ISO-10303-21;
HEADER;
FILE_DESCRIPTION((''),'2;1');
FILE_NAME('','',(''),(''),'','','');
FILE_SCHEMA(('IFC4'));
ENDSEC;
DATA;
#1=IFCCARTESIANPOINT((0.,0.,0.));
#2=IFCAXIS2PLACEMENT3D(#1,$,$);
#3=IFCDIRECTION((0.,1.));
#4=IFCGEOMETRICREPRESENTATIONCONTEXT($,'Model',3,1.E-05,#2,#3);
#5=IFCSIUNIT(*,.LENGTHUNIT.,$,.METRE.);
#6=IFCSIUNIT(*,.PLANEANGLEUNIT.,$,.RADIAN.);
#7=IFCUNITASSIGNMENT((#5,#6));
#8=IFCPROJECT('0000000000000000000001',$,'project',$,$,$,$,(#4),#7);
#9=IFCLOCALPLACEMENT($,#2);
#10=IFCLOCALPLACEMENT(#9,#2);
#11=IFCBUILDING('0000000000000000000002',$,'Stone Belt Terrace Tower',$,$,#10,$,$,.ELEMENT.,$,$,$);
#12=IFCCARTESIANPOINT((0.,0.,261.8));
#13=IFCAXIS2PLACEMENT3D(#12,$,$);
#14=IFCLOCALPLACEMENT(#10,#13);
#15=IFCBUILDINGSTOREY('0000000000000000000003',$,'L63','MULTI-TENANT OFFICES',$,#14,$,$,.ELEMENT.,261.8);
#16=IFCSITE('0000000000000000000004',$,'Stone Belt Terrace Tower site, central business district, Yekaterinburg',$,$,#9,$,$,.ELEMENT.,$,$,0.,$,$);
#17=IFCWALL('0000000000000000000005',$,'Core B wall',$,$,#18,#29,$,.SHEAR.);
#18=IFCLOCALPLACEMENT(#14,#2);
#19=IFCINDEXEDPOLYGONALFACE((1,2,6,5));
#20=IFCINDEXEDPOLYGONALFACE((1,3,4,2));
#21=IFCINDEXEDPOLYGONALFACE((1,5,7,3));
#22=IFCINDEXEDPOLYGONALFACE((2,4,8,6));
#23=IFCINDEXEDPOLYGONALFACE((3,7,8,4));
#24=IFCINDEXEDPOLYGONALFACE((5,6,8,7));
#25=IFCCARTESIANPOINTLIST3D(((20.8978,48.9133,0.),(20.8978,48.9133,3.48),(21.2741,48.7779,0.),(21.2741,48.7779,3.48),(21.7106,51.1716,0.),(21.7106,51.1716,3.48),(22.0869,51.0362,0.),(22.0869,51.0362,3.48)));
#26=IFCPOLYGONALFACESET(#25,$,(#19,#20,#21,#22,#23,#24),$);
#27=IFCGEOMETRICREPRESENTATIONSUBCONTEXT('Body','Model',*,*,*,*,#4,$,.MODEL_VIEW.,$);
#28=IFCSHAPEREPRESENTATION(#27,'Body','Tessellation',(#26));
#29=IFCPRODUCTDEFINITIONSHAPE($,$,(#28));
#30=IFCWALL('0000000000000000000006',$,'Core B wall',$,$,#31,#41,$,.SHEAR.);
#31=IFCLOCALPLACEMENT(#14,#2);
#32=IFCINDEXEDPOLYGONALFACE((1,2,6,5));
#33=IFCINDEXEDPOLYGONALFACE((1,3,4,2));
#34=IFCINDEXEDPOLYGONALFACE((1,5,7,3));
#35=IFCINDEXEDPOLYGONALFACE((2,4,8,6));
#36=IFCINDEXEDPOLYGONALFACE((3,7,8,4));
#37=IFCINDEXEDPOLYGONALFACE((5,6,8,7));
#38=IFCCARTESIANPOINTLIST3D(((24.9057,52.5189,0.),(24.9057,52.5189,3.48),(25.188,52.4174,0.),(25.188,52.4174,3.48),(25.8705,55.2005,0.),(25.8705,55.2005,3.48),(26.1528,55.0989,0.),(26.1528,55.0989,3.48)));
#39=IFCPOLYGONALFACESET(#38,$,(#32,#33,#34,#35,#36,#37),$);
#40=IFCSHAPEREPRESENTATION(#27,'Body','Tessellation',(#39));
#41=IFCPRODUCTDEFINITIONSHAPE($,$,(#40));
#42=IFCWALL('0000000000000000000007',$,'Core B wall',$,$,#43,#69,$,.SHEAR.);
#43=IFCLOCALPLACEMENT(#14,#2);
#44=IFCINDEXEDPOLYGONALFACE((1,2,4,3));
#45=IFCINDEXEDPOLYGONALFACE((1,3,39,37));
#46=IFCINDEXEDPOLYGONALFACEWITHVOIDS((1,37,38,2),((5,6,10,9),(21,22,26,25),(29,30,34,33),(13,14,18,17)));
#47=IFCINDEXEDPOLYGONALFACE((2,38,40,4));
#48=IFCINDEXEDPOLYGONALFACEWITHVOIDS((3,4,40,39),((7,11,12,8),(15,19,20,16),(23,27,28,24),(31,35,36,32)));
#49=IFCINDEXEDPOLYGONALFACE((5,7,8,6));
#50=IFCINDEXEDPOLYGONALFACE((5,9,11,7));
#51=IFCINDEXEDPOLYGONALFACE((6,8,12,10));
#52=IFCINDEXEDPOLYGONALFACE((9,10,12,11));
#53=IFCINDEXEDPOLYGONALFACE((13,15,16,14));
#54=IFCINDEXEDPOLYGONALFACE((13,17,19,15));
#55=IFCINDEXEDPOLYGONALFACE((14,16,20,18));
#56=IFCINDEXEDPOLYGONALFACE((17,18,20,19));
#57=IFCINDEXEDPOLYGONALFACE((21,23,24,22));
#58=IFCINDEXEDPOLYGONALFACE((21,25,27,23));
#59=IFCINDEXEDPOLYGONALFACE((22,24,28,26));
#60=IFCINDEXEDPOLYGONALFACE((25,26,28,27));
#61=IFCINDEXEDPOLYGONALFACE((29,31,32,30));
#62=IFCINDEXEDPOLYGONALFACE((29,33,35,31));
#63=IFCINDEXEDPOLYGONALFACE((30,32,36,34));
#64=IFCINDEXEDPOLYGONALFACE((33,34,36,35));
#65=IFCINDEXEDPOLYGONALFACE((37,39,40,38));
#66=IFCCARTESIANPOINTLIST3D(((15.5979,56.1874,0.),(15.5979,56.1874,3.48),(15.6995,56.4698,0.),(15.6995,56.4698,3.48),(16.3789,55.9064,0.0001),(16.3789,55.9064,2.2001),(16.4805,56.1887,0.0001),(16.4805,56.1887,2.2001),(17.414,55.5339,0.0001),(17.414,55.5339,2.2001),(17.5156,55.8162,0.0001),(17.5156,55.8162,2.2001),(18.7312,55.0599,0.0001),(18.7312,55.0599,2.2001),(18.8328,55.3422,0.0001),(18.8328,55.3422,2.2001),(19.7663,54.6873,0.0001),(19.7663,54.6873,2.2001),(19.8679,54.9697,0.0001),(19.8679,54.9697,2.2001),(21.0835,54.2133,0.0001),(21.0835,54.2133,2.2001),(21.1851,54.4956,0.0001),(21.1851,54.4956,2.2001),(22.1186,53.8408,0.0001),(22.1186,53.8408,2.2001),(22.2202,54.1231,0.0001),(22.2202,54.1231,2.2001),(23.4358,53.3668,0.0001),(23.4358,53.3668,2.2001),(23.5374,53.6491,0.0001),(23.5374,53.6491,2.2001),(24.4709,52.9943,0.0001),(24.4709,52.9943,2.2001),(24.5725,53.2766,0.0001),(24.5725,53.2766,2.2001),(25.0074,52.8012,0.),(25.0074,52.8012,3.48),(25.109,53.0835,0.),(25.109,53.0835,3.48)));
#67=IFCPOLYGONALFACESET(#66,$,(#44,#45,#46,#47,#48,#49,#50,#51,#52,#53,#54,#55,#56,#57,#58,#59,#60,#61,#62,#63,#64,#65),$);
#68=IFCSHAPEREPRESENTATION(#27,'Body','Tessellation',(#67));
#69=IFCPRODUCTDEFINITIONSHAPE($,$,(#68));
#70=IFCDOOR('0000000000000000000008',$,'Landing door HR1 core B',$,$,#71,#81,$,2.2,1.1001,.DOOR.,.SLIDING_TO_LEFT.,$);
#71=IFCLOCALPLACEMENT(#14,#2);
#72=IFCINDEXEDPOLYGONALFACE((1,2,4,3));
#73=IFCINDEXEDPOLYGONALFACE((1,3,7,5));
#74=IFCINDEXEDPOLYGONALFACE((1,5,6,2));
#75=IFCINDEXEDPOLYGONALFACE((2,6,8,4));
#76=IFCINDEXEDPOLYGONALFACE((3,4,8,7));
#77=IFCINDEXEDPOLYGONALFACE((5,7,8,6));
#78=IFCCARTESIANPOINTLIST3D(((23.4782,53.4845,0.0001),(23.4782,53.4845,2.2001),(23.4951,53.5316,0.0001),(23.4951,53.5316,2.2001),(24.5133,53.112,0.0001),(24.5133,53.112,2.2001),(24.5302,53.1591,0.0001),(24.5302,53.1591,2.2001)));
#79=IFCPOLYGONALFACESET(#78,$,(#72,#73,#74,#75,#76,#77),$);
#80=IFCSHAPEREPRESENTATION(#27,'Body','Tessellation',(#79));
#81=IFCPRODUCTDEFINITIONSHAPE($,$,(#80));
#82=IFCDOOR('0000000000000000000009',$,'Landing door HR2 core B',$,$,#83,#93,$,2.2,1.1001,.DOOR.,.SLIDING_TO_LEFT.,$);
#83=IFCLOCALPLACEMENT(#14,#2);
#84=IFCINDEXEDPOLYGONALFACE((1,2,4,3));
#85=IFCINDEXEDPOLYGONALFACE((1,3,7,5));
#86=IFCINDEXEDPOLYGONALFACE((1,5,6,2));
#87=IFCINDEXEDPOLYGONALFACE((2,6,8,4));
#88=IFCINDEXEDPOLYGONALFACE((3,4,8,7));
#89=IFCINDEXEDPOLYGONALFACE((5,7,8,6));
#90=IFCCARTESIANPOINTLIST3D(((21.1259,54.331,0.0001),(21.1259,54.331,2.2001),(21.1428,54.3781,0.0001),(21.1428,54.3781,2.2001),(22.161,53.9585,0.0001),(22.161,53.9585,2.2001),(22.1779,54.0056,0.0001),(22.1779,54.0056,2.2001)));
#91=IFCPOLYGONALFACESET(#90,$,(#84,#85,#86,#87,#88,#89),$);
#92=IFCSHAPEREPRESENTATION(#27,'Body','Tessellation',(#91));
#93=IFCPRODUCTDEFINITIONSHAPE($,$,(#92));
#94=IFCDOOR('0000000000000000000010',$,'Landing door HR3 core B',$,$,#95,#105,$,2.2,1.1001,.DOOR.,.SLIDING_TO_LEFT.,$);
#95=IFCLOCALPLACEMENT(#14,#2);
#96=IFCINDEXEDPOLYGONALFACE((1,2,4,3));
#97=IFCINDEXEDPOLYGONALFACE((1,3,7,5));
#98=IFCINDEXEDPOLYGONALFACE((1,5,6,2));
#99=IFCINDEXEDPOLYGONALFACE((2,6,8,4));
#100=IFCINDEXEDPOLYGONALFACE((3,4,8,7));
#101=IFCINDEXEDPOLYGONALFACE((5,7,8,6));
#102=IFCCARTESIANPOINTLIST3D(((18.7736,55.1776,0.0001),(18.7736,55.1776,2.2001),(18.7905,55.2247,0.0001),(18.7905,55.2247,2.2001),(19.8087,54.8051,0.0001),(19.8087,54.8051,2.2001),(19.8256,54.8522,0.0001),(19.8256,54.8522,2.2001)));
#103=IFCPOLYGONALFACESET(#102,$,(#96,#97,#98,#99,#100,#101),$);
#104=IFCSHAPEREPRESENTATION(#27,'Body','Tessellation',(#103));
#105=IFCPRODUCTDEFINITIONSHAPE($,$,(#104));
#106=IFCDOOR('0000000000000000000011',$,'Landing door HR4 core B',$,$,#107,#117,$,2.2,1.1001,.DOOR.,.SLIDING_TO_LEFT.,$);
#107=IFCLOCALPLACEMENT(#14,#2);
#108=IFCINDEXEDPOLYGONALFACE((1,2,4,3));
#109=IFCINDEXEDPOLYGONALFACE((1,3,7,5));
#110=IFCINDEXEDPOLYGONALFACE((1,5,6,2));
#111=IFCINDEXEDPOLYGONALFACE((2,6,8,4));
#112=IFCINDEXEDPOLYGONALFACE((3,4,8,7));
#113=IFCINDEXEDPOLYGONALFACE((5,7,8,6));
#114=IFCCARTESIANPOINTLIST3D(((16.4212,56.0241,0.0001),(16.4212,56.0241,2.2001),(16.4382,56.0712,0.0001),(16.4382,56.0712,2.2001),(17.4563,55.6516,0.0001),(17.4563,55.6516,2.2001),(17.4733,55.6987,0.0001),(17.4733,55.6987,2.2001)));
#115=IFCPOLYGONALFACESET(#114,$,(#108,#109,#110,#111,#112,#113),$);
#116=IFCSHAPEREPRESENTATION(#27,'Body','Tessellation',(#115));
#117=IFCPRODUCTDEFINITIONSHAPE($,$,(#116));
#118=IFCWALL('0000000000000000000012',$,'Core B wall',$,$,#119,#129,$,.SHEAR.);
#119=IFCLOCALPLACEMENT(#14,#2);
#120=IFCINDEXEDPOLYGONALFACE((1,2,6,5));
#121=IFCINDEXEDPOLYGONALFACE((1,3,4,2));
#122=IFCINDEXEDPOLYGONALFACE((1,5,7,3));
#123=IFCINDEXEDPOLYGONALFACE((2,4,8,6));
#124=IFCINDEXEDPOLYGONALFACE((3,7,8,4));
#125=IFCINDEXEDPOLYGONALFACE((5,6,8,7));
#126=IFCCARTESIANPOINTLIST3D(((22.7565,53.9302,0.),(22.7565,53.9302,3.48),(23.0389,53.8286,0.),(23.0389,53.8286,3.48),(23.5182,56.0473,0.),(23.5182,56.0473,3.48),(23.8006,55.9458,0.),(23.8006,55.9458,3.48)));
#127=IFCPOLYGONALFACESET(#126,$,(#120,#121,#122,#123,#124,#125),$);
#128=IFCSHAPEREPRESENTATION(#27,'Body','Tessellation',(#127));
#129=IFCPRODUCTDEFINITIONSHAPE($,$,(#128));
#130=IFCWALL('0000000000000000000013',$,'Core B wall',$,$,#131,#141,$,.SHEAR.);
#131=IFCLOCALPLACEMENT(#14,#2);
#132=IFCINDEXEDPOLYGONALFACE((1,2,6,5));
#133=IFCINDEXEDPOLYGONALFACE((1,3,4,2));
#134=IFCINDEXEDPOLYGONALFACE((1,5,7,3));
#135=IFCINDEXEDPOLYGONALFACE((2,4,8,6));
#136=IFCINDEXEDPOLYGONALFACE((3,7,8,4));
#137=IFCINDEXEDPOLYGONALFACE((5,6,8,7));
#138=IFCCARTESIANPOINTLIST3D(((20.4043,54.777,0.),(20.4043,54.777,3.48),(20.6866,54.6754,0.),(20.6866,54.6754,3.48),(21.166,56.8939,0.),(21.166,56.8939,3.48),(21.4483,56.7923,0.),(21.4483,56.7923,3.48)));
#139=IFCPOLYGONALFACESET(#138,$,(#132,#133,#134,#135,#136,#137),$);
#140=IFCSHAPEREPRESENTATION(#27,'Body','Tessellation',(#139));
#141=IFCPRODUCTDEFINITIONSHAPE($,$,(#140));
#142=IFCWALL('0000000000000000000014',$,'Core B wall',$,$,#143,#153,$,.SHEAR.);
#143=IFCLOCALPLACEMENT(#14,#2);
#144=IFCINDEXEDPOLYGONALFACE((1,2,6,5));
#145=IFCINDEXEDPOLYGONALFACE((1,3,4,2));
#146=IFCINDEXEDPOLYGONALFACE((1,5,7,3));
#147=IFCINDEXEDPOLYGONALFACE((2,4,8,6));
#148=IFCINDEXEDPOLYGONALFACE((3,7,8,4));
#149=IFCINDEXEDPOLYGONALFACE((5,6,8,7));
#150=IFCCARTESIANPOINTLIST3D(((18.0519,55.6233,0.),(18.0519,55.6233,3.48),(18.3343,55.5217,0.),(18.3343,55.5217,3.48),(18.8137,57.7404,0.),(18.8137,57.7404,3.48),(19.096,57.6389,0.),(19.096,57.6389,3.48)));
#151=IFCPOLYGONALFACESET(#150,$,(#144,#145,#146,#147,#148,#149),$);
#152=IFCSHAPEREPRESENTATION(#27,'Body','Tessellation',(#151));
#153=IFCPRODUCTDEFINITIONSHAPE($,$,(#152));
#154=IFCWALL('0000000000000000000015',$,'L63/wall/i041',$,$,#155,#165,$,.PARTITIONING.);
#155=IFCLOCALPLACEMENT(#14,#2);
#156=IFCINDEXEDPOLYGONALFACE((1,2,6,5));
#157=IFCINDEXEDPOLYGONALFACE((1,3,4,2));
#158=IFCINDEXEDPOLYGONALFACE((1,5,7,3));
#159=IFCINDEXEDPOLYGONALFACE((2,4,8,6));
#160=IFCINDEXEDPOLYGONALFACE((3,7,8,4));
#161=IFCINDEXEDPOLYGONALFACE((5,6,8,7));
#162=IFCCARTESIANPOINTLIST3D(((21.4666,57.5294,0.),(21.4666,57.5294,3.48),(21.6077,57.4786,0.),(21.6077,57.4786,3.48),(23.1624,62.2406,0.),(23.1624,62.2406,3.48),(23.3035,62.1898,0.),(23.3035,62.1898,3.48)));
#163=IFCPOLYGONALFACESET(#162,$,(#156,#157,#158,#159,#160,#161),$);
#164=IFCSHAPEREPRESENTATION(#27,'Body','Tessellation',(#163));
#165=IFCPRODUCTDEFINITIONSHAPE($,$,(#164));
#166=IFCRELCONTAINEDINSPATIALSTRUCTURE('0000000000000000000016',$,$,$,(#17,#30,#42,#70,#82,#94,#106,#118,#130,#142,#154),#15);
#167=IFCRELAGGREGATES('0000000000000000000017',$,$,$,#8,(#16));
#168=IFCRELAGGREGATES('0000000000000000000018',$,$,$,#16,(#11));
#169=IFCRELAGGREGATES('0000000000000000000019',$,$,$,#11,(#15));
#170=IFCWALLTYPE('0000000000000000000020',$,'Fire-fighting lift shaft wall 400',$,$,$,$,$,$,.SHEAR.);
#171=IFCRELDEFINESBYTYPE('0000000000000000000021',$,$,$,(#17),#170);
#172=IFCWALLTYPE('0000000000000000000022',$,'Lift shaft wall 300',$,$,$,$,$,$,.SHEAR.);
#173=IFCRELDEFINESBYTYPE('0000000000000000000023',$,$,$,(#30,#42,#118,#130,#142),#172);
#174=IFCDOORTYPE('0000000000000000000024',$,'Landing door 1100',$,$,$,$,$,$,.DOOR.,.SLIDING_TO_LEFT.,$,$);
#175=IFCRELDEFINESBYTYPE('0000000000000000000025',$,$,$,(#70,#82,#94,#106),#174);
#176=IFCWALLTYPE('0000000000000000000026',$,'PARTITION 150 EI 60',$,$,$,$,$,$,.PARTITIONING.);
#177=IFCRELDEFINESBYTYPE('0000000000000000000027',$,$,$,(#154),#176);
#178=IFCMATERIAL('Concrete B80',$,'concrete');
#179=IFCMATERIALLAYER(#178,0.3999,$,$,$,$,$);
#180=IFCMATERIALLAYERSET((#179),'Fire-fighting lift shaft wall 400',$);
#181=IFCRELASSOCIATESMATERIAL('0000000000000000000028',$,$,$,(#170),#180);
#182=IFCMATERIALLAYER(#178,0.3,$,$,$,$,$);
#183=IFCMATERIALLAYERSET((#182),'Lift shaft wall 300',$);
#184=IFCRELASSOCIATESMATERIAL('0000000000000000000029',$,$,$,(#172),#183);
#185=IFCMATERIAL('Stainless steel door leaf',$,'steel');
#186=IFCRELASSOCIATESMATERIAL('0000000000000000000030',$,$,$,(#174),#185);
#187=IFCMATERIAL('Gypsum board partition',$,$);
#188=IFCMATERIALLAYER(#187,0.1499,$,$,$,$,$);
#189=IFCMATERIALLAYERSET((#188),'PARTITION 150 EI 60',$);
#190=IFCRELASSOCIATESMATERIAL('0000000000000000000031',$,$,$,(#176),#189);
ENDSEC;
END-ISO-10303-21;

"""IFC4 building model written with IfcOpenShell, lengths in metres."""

from ifc_helpers import new_model, si_unit, direction, frame, frame_2d, origin, place, context, subcontext, project, spatial, rectangle, extrude, material, layer, layer_set, type_object, element, fill, save


model = new_model("IFC4")

# Units and contexts
model_context = context("Model", 3, precision=1e-05, world=origin(), true_north=direction((0.0, 1.0)))
body_context = subcontext(model_context, "Body", "Model", "MODEL_VIEW")
ifc_project = project(units=[si_unit("LENGTHUNIT", "METRE"), si_unit("PLANEANGLEUNIT", "RADIAN")], contexts=[model_context])

# Site, building, storey
site_placement = place(None, origin())
site = spatial("IfcSite", under=ifc_project, at=site_placement, Name="Stone Belt Terrace Tower site, central business district, Yekaterinburg", CompositionType="ELEMENT", RefElevation=0.0)
building_placement = place(site_placement, origin())
building = spatial("IfcBuilding", under=site, at=building_placement, Name="Stone Belt Terrace Tower", CompositionType="ELEMENT")
storey_placement = place(building_placement, frame((0.0, 0.0, 261.8)))
storey = spatial("IfcBuildingStorey", under=building, at=storey_placement, Name="L63", Description="MULTI-TENANT OFFICES", CompositionType="ELEMENT", Elevation=261.8)

# Walls
ifc_material_1 = material(Name="Concrete B80", Category="concrete")
ifc_layer_1 = layer(ifc_material_1, 0.3999)
ifc_layer_set_1 = layer_set([ifc_layer_1], Name="Fire-fighting lift shaft wall 400")
wall_type_1 = type_object("IfcWallType", Name="Fire-fighting lift shaft wall 400", PredefinedType="SHEAR", material=ifc_layer_set_1)
wall_1_placement = place(storey_placement, frame((21.0859, 48.8455, 0.0), z_axis=(0.0, 0.0, 1.0), x_axis=(0.338629, 0.94092, 0.0)))
element("IfcWall", 1, at=wall_1_placement, inside=storey, type_object=wall_type_1, Name="Core B wall", PredefinedType="SHEAR", context=body_context, shape_type="SweptSolid", body=[
    extrude(rectangle(XDim=2.4001, YDim=0.3999, at=frame_2d((1.2002, 0.0))), origin(), (0.0, 0.0, 1.0), 3.48),
])
ifc_layer_2 = layer(ifc_material_1, 0.3)
ifc_layer_set_2 = layer_set([ifc_layer_2], Name="Lift shaft wall 300")
wall_type_2 = type_object("IfcWallType", Name="Lift shaft wall 300", PredefinedType="SHEAR", material=ifc_layer_set_2)
wall_2_placement = place(storey_placement, frame((25.0469, 52.4683, 0.0), z_axis=(0.0, 0.0, 1.0), x_axis=(0.33855, 0.940949, 0.0)))
element("IfcWall", 2, at=wall_2_placement, inside=storey, type_object=wall_type_2, Name="Core B wall", PredefinedType="SHEAR", context=body_context, shape_type="SweptSolid", body=[
    extrude(rectangle(XDim=2.8499, YDim=0.3, at=frame_2d((1.4248, 0.0))), origin(), (0.0, 0.0, 1.0), 3.48),
])

# Wall, openings, doors
wall_3_placement = place(storey_placement, frame((25.0581, 52.9424, 0.0), z_axis=(0.0, 0.0, 1.0), x_axis=(-0.940924, 0.338617, 0.0)))
wall_3 = element("IfcWall", 3, at=wall_3_placement, inside=storey, type_object=wall_type_2, Name="Core B wall", PredefinedType="SHEAR", context=body_context, shape_type="SweptSolid", body=[
    extrude(rectangle(XDim=10.0002, YDim=0.3, at=frame_2d((5.0, 0.0))), origin(), (0.0, 0.0, 1.0), 3.48),
])
opening_1_placement = place(wall_3_placement, frame((0.5701, 0.0, 0.0)))
opening_1 = element("IfcOpeningElement", 4, at=opening_1_placement, cuts=wall_3, PredefinedType="OPENING", context=body_context, shape_type="SweptSolid", body=[
    extrude(rectangle(XDim=1.1001, YDim=2.2, at=frame_2d((0.55, 1.1001))), frame((0.0, 0.1599, 0.0), z_axis=(0.0, -1.0, 0.0), x_axis=(1.0, 0.0, 0.0)), (0.0, 0.0, 1.0), 0.3201),
])
opening_2_placement = place(wall_3_placement, frame((3.0701, 0.0, 0.0)))
opening_2 = element("IfcOpeningElement", 5, at=opening_2_placement, cuts=wall_3, PredefinedType="OPENING", context=body_context, shape_type="SweptSolid", body=[
    extrude(rectangle(XDim=1.1001, YDim=2.2, at=frame_2d((0.55, 1.1001))), frame((0.0, 0.1599, 0.0), z_axis=(0.0, -1.0, 0.0), x_axis=(1.0, 0.0, 0.0)), (0.0, 0.0, 1.0), 0.3201),
])
opening_3_placement = place(wall_3_placement, frame((5.5701, 0.0, 0.0)))
opening_3 = element("IfcOpeningElement", 6, at=opening_3_placement, cuts=wall_3, PredefinedType="OPENING", context=body_context, shape_type="SweptSolid", body=[
    extrude(rectangle(XDim=1.1001, YDim=2.2, at=frame_2d((0.55, 1.1001))), frame((0.0, 0.1599, 0.0), z_axis=(0.0, -1.0, 0.0), x_axis=(1.0, 0.0, 0.0)), (0.0, 0.0, 1.0), 0.3201),
])
opening_4_placement = place(wall_3_placement, frame((8.0701, 0.0, 0.0)))
opening_4 = element("IfcOpeningElement", 7, at=opening_4_placement, cuts=wall_3, PredefinedType="OPENING", context=body_context, shape_type="SweptSolid", body=[
    extrude(rectangle(XDim=1.1001, YDim=2.2, at=frame_2d((0.55, 1.1001))), frame((0.0, 0.1599, 0.0), z_axis=(0.0, -1.0, 0.0), x_axis=(1.0, 0.0, 0.0)), (0.0, 0.0, 1.0), 0.3201),
])
ifc_material_2 = material(Name="Stainless steel door leaf", Category="steel")
door_type_1 = type_object("IfcDoorType", Name="Landing door 1100", OperationType="SLIDING_TO_LEFT", PredefinedType="DOOR", material=ifc_material_2)
door_1_placement = place(opening_1_placement, origin())
door_1 = element("IfcDoor", 8, at=door_1_placement, inside=storey, type_object=door_type_1, Name="Landing door HR1 core B", OperationType="SLIDING_TO_LEFT", OverallHeight=2.2, OverallWidth=1.1001, PredefinedType="DOOR", context=body_context, shape_type="SweptSolid", body=[
    extrude(rectangle(XDim=1.1001, YDim=2.2, at=frame_2d((0.55, 1.1001))), frame((0.0, 0.0249, 0.0), z_axis=(0.0, -1.0, 0.0), x_axis=(1.0, 0.0, 0.0)), (0.0, 0.0, 1.0), 0.05),
])
fill(opening_1, door_1)
door_2_placement = place(opening_2_placement, origin())
door_2 = element("IfcDoor", 9, at=door_2_placement, inside=storey, type_object=door_type_1, Name="Landing door HR2 core B", OperationType="SLIDING_TO_LEFT", OverallHeight=2.2, OverallWidth=1.1001, PredefinedType="DOOR", context=body_context, shape_type="SweptSolid", body=[
    extrude(rectangle(XDim=1.1001, YDim=2.2, at=frame_2d((0.55, 1.1001))), frame((0.0, 0.0249, 0.0), z_axis=(0.0, -1.0, 0.0), x_axis=(1.0, 0.0, 0.0)), (0.0, 0.0, 1.0), 0.05),
])
fill(opening_2, door_2)
door_3_placement = place(opening_3_placement, origin())
door_3 = element("IfcDoor", 10, at=door_3_placement, inside=storey, type_object=door_type_1, Name="Landing door HR3 core B", OperationType="SLIDING_TO_LEFT", OverallHeight=2.2, OverallWidth=1.1001, PredefinedType="DOOR", context=body_context, shape_type="SweptSolid", body=[
    extrude(rectangle(XDim=1.1001, YDim=2.2, at=frame_2d((0.55, 1.1001))), frame((0.0, 0.0249, 0.0), z_axis=(0.0, -1.0, 0.0), x_axis=(1.0, 0.0, 0.0)), (0.0, 0.0, 1.0), 0.05),
])
fill(opening_3, door_3)
door_4_placement = place(opening_4_placement, origin())
door_4 = element("IfcDoor", 11, at=door_4_placement, inside=storey, type_object=door_type_1, Name="Landing door HR4 core B", OperationType="SLIDING_TO_LEFT", OverallHeight=2.2, OverallWidth=1.1001, PredefinedType="DOOR", context=body_context, shape_type="SweptSolid", body=[
    extrude(rectangle(XDim=1.1001, YDim=2.2, at=frame_2d((0.55, 1.1001))), frame((0.0, 0.0249, 0.0), z_axis=(0.0, -1.0, 0.0), x_axis=(1.0, 0.0, 0.0)), (0.0, 0.0, 1.0), 0.05),
])
fill(opening_4, door_4)

# Walls
wall_4_placement = place(storey_placement, frame((22.8977, 53.8794, 0.0), z_axis=(0.0, 0.0, 1.0), x_axis=(0.338535, 0.940954, 0.0)))
element("IfcWall", 12, at=wall_4_placement, inside=storey, type_object=wall_type_2, Name="Core B wall", PredefinedType="SHEAR", context=body_context, shape_type="SweptSolid", body=[
    extrude(rectangle(XDim=2.25, YDim=0.3, at=frame_2d((1.125, 0.0))), origin(), (0.0, 0.0, 1.0), 3.48),
])
wall_5_placement = place(storey_placement, frame((20.5454, 54.7261, 0.0), z_axis=(0.0, 0.0, 1.0), x_axis=(0.33857, 0.940941, 0.0)))
element("IfcWall", 13, at=wall_5_placement, inside=storey, type_object=wall_type_2, Name="Core B wall", PredefinedType="SHEAR", context=body_context, shape_type="SweptSolid", body=[
    extrude(rectangle(XDim=2.2498, YDim=0.3, at=frame_2d((1.125, 0.0))), origin(), (0.0, 0.0, 1.0), 3.48),
])
wall_6_placement = place(storey_placement, frame((18.1931, 55.5725, 0.0), z_axis=(0.0, 0.0, 1.0), x_axis=(0.338535, 0.940954, 0.0)))
element("IfcWall", 14, at=wall_6_placement, inside=storey, type_object=wall_type_2, Name="Core B wall", PredefinedType="SHEAR", context=body_context, shape_type="SweptSolid", body=[
    extrude(rectangle(XDim=2.25, YDim=0.3, at=frame_2d((1.125, 0.0))), origin(), (0.0, 0.0, 1.0), 3.48),
])
ifc_material_3 = material(Name="Gypsum board partition")
ifc_layer_3 = layer(ifc_material_3, 0.1499)
ifc_layer_set_3 = layer_set([ifc_layer_3], Name="PARTITION 150 EI 60")
wall_type_3 = type_object("IfcWallType", Name="PARTITION 150 EI 60", PredefinedType="PARTITIONING", material=ifc_layer_set_3)
wall_7_placement = place(storey_placement, frame((23.2329, 62.2151, 0.0), z_axis=(0.0, 0.0, 1.0), x_axis=(-0.33868, -0.940902, 0.0)))
element("IfcWall", 15, at=wall_7_placement, inside=storey, type_object=wall_type_3, Name="L63/wall/i041", PredefinedType="PARTITIONING", context=body_context, shape_type="SweptSolid", body=[
    extrude(rectangle(XDim=5.0071, YDim=0.1499, at=frame_2d((2.5034, 0.0))), origin(), (0.0, 0.0, 1.0), 3.48),
])

save(model, "model.ifc")
